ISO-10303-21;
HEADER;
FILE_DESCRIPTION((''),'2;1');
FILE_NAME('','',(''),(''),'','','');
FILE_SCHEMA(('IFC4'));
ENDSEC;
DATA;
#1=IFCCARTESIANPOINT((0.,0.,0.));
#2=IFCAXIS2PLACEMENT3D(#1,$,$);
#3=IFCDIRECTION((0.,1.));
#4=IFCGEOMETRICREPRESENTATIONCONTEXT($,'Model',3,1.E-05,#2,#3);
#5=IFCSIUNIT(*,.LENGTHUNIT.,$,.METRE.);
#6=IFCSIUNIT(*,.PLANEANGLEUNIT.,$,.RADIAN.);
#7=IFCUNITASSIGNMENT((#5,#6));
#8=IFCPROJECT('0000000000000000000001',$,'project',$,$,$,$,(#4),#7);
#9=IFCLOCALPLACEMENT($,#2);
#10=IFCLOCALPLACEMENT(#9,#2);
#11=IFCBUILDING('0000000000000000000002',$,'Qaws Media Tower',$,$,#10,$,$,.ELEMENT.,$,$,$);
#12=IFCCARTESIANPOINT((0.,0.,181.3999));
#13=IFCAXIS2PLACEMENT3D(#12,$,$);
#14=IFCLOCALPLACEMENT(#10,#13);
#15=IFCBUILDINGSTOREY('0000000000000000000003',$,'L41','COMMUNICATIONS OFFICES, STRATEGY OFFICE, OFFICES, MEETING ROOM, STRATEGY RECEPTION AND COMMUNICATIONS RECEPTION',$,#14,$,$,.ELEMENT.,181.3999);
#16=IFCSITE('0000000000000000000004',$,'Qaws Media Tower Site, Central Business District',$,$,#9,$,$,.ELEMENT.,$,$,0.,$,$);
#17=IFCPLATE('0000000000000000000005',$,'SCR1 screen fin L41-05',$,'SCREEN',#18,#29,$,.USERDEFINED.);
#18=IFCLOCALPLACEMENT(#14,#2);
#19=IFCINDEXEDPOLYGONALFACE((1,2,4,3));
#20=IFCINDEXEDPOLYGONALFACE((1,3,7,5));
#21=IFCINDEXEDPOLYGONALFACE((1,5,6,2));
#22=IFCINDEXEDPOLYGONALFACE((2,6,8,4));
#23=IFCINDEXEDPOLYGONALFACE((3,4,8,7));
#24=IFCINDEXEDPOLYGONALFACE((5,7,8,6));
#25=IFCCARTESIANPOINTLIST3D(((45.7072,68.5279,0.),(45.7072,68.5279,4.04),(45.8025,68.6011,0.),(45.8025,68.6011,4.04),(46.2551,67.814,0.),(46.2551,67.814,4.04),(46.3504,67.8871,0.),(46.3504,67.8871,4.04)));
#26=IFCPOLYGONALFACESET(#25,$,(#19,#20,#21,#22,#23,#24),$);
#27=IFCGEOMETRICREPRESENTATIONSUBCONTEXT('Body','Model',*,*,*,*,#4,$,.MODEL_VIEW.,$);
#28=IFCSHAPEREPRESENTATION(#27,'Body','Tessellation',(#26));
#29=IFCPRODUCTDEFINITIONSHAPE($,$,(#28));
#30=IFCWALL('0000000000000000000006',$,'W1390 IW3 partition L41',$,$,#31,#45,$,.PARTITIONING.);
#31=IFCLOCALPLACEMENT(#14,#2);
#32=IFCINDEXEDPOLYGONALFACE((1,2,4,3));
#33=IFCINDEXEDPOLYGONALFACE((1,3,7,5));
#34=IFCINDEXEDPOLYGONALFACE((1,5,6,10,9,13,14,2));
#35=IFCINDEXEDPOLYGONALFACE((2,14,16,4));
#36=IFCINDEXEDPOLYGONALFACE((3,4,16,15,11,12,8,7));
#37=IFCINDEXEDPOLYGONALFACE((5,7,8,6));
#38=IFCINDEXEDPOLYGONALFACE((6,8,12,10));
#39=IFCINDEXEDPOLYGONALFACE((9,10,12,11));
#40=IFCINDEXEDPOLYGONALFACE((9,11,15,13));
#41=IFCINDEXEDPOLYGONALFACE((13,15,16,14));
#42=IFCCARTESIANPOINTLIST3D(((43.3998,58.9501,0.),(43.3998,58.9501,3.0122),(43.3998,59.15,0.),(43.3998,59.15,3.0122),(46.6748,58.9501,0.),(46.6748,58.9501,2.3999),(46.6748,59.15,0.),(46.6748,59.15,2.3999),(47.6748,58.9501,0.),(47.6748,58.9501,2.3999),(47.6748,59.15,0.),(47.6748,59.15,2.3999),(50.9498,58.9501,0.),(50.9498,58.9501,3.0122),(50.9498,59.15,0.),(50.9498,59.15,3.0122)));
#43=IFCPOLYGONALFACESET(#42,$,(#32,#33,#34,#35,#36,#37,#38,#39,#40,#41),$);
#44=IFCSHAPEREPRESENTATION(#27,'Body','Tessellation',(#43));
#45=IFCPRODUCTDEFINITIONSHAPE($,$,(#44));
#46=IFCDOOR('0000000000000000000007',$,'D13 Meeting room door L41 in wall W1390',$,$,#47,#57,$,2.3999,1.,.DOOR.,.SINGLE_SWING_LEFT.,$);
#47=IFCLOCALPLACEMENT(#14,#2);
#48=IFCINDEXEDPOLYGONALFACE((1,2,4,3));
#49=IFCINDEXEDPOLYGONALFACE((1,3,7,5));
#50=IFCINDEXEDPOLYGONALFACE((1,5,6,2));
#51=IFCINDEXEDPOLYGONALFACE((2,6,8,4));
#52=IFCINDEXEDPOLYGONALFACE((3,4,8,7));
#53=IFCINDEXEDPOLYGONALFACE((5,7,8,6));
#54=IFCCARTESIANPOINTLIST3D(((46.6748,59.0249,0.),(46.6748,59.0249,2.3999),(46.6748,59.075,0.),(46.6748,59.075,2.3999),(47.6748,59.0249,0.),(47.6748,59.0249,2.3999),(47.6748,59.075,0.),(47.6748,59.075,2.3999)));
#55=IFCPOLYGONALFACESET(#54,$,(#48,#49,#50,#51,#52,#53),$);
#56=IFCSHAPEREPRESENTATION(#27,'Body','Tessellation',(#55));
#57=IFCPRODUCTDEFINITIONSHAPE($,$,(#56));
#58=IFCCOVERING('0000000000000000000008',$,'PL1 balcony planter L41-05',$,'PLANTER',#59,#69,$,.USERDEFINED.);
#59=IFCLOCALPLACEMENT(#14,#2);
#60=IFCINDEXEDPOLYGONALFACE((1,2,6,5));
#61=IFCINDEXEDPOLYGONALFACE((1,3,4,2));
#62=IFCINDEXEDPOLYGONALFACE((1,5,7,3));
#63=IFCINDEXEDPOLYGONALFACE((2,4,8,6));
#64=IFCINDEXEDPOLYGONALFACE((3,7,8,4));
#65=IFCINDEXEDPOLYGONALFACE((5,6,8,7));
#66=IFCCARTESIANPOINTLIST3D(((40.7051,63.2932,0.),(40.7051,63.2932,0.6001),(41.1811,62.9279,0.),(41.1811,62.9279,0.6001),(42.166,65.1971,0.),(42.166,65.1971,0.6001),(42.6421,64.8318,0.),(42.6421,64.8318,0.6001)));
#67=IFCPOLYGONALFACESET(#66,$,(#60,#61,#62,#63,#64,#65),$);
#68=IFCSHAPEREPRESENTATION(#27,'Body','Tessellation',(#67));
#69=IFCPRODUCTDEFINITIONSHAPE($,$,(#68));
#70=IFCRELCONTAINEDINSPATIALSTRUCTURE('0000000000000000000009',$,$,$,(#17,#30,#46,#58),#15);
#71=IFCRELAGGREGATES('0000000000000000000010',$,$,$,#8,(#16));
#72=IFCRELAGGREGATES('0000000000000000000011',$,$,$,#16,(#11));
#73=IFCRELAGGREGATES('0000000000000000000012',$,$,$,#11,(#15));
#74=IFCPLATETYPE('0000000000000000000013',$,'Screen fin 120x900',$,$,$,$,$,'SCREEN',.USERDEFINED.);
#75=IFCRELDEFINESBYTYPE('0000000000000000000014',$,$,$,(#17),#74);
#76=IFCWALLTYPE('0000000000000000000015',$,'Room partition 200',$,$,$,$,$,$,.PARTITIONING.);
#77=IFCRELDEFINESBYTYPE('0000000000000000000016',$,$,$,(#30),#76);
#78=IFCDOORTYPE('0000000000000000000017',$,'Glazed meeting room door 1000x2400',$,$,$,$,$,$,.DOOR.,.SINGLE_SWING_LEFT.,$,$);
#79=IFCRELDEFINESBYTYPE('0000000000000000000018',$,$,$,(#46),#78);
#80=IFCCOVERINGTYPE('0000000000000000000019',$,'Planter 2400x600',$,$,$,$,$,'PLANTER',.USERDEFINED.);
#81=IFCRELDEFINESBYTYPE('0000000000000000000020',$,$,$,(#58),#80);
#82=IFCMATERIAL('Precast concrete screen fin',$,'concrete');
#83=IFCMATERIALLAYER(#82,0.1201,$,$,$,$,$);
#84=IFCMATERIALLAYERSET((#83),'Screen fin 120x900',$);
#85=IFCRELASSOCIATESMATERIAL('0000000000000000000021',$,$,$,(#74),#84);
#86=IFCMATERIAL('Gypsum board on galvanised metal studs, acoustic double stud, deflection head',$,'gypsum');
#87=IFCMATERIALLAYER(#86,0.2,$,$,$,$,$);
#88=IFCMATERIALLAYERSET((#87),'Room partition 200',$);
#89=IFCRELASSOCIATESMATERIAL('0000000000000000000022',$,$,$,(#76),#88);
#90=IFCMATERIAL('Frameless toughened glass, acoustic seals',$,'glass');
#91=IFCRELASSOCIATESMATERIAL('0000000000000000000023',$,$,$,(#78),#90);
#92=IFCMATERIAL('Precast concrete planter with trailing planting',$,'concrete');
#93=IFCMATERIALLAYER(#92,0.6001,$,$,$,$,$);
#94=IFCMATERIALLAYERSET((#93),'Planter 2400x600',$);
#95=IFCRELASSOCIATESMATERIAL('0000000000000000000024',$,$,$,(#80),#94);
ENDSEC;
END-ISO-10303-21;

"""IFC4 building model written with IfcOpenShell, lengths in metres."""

from ifc_helpers import new_model, si_unit, direction, frame, frame_2d, origin, origin_2d, place, context, subcontext, project, spatial, rectangle, extrude, material, layer, layer_set, type_object, element, fill, save


model = new_model("IFC4")

# Units and contexts
model_context = context("Model", 3, precision=1e-05, world=origin(), true_north=direction((0.0, 1.0)))
body_context = subcontext(model_context, "Body", "Model", "MODEL_VIEW")
ifc_project = project(units=[si_unit("LENGTHUNIT", "METRE"), si_unit("PLANEANGLEUNIT", "RADIAN")], contexts=[model_context])

# Site, building, storey
site_placement = place(None, origin())
site = spatial("IfcSite", under=ifc_project, at=site_placement, Name="Qaws Media Tower Site, Central Business District", CompositionType="ELEMENT", RefElevation=0.0)
building_placement = place(site_placement, origin())
building = spatial("IfcBuilding", under=site, at=building_placement, Name="Qaws Media Tower", CompositionType="ELEMENT")
storey_placement = place(building_placement, frame((0.0, 0.0, 181.3999)))
storey = spatial("IfcBuildingStorey", under=building, at=storey_placement, Name="L41", Description="COMMUNICATIONS OFFICES, STRATEGY OFFICE, OFFICES, MEETING ROOM, STRATEGY RECEPTION AND COMMUNICATIONS RECEPTION", CompositionType="ELEMENT", Elevation=181.3999)

# Plate
ifc_material_1 = material(Name="Precast concrete screen fin", Category="concrete")
ifc_layer_1 = layer(ifc_material_1, 0.1201)
ifc_layer_set_1 = layer_set([ifc_layer_1], Name="Screen fin 120x900")
plate_type_1 = type_object("IfcPlateType", Name="Screen fin 120x900", ElementType="SCREEN", PredefinedType="USERDEFINED", material=ifc_layer_set_1)
plate_1_placement = place(storey_placement, frame((46.0288, 68.2075, 0.0), z_axis=(0.0, 0.0, 1.0), x_axis=(-0.608761, 0.793353, 0.0)))
element("IfcPlate", 1, at=plate_1_placement, inside=storey, type_object=plate_type_1, Name="SCR1 screen fin L41-05", ObjectType="SCREEN", PredefinedType="USERDEFINED", context=body_context, shape_type="SweptSolid", body=[
    extrude(rectangle(XDim=0.8999, YDim=0.1201, at=origin_2d()), origin(), (0.0, 0.0, 1.0), 4.04),
])

# Wall, opening, door
ifc_material_2 = material(Name="Gypsum board on galvanised metal studs, acoustic double stud, deflection head", Category="gypsum")
ifc_layer_2 = layer(ifc_material_2, 0.2)
ifc_layer_set_2 = layer_set([ifc_layer_2], Name="Room partition 200")
wall_type = type_object("IfcWallType", Name="Room partition 200", PredefinedType="PARTITIONING", material=ifc_layer_set_2)
wall_placement = place(storey_placement, frame((43.3999, 59.05, 0.0), z_axis=(0.0, 0.0, 1.0), x_axis=(1.0, 0.0, 0.0)))
wall = element("IfcWall", 2, at=wall_placement, inside=storey, type_object=wall_type, Name="W1390 IW3 partition L41", PredefinedType="PARTITIONING", context=body_context, shape_type="SweptSolid", body=[
    extrude(rectangle(XDim=7.55, YDim=0.2, at=frame_2d((3.7749, 0.0))), origin(), (0.0, 0.0, 1.0), 3.0122),
])
opening_placement = place(wall_placement, frame((3.2749, 0.0, 0.0)))
opening = element("IfcOpeningElement", 3, at=opening_placement, cuts=wall, PredefinedType="OPENING", context=body_context, shape_type="SweptSolid", body=[
    extrude(rectangle(XDim=1.0, YDim=2.3999, at=frame_2d((0.5, 1.2))), frame((0.0, 0.1099, 0.0), z_axis=(0.0, -1.0, 0.0), x_axis=(1.0, 0.0, 0.0)), (0.0, 0.0, 1.0), 0.22),
])
ifc_material_3 = material(Name="Frameless toughened glass, acoustic seals", Category="glass")
door_type = type_object("IfcDoorType", Name="Glazed meeting room door 1000x2400", OperationType="SINGLE_SWING_LEFT", PredefinedType="DOOR", material=ifc_material_3)
door_placement = place(opening_placement, origin())
door = element("IfcDoor", 4, at=door_placement, inside=storey, type_object=door_type, Name="D13 Meeting room door L41 in wall W1390", OperationType="SINGLE_SWING_LEFT", OverallHeight=2.3999, OverallWidth=1.0, PredefinedType="DOOR", context=body_context, shape_type="SweptSolid", body=[
    extrude(rectangle(XDim=1.0, YDim=2.3999, at=frame_2d((0.5, 1.2))), frame((0.0, 0.0249, 0.0), z_axis=(0.0, -1.0, 0.0), x_axis=(1.0, 0.0, 0.0)), (0.0, 0.0, 1.0), 0.05),
])
fill(opening, door)

# Covering
ifc_material_4 = material(Name="Precast concrete planter with trailing planting", Category="concrete")
ifc_layer_3 = layer(ifc_material_4, 0.6001)
ifc_layer_set_3 = layer_set([ifc_layer_3], Name="Planter 2400x600")
covering_type = type_object("IfcCoveringType", Name="Planter 2400x600", ElementType="PLANTER", PredefinedType="USERDEFINED", material=ifc_layer_set_3)
covering_placement = place(storey_placement, frame((41.6736, 64.0625, 0.0), z_axis=(0.0, 0.0, 1.0), x_axis=(-0.608761, -0.793353, 0.0)))
element("IfcCovering", 5, at=covering_placement, inside=storey, type_object=covering_type, Name="PL1 balcony planter L41-05", ObjectType="PLANTER", PredefinedType="USERDEFINED", context=body_context, shape_type="SweptSolid", body=[
    extrude(rectangle(XDim=2.3999, YDim=0.6001, at=origin_2d()), origin(), (0.0, 0.0, 1.0), 0.6001),
])

save(model, "model.ifc")
